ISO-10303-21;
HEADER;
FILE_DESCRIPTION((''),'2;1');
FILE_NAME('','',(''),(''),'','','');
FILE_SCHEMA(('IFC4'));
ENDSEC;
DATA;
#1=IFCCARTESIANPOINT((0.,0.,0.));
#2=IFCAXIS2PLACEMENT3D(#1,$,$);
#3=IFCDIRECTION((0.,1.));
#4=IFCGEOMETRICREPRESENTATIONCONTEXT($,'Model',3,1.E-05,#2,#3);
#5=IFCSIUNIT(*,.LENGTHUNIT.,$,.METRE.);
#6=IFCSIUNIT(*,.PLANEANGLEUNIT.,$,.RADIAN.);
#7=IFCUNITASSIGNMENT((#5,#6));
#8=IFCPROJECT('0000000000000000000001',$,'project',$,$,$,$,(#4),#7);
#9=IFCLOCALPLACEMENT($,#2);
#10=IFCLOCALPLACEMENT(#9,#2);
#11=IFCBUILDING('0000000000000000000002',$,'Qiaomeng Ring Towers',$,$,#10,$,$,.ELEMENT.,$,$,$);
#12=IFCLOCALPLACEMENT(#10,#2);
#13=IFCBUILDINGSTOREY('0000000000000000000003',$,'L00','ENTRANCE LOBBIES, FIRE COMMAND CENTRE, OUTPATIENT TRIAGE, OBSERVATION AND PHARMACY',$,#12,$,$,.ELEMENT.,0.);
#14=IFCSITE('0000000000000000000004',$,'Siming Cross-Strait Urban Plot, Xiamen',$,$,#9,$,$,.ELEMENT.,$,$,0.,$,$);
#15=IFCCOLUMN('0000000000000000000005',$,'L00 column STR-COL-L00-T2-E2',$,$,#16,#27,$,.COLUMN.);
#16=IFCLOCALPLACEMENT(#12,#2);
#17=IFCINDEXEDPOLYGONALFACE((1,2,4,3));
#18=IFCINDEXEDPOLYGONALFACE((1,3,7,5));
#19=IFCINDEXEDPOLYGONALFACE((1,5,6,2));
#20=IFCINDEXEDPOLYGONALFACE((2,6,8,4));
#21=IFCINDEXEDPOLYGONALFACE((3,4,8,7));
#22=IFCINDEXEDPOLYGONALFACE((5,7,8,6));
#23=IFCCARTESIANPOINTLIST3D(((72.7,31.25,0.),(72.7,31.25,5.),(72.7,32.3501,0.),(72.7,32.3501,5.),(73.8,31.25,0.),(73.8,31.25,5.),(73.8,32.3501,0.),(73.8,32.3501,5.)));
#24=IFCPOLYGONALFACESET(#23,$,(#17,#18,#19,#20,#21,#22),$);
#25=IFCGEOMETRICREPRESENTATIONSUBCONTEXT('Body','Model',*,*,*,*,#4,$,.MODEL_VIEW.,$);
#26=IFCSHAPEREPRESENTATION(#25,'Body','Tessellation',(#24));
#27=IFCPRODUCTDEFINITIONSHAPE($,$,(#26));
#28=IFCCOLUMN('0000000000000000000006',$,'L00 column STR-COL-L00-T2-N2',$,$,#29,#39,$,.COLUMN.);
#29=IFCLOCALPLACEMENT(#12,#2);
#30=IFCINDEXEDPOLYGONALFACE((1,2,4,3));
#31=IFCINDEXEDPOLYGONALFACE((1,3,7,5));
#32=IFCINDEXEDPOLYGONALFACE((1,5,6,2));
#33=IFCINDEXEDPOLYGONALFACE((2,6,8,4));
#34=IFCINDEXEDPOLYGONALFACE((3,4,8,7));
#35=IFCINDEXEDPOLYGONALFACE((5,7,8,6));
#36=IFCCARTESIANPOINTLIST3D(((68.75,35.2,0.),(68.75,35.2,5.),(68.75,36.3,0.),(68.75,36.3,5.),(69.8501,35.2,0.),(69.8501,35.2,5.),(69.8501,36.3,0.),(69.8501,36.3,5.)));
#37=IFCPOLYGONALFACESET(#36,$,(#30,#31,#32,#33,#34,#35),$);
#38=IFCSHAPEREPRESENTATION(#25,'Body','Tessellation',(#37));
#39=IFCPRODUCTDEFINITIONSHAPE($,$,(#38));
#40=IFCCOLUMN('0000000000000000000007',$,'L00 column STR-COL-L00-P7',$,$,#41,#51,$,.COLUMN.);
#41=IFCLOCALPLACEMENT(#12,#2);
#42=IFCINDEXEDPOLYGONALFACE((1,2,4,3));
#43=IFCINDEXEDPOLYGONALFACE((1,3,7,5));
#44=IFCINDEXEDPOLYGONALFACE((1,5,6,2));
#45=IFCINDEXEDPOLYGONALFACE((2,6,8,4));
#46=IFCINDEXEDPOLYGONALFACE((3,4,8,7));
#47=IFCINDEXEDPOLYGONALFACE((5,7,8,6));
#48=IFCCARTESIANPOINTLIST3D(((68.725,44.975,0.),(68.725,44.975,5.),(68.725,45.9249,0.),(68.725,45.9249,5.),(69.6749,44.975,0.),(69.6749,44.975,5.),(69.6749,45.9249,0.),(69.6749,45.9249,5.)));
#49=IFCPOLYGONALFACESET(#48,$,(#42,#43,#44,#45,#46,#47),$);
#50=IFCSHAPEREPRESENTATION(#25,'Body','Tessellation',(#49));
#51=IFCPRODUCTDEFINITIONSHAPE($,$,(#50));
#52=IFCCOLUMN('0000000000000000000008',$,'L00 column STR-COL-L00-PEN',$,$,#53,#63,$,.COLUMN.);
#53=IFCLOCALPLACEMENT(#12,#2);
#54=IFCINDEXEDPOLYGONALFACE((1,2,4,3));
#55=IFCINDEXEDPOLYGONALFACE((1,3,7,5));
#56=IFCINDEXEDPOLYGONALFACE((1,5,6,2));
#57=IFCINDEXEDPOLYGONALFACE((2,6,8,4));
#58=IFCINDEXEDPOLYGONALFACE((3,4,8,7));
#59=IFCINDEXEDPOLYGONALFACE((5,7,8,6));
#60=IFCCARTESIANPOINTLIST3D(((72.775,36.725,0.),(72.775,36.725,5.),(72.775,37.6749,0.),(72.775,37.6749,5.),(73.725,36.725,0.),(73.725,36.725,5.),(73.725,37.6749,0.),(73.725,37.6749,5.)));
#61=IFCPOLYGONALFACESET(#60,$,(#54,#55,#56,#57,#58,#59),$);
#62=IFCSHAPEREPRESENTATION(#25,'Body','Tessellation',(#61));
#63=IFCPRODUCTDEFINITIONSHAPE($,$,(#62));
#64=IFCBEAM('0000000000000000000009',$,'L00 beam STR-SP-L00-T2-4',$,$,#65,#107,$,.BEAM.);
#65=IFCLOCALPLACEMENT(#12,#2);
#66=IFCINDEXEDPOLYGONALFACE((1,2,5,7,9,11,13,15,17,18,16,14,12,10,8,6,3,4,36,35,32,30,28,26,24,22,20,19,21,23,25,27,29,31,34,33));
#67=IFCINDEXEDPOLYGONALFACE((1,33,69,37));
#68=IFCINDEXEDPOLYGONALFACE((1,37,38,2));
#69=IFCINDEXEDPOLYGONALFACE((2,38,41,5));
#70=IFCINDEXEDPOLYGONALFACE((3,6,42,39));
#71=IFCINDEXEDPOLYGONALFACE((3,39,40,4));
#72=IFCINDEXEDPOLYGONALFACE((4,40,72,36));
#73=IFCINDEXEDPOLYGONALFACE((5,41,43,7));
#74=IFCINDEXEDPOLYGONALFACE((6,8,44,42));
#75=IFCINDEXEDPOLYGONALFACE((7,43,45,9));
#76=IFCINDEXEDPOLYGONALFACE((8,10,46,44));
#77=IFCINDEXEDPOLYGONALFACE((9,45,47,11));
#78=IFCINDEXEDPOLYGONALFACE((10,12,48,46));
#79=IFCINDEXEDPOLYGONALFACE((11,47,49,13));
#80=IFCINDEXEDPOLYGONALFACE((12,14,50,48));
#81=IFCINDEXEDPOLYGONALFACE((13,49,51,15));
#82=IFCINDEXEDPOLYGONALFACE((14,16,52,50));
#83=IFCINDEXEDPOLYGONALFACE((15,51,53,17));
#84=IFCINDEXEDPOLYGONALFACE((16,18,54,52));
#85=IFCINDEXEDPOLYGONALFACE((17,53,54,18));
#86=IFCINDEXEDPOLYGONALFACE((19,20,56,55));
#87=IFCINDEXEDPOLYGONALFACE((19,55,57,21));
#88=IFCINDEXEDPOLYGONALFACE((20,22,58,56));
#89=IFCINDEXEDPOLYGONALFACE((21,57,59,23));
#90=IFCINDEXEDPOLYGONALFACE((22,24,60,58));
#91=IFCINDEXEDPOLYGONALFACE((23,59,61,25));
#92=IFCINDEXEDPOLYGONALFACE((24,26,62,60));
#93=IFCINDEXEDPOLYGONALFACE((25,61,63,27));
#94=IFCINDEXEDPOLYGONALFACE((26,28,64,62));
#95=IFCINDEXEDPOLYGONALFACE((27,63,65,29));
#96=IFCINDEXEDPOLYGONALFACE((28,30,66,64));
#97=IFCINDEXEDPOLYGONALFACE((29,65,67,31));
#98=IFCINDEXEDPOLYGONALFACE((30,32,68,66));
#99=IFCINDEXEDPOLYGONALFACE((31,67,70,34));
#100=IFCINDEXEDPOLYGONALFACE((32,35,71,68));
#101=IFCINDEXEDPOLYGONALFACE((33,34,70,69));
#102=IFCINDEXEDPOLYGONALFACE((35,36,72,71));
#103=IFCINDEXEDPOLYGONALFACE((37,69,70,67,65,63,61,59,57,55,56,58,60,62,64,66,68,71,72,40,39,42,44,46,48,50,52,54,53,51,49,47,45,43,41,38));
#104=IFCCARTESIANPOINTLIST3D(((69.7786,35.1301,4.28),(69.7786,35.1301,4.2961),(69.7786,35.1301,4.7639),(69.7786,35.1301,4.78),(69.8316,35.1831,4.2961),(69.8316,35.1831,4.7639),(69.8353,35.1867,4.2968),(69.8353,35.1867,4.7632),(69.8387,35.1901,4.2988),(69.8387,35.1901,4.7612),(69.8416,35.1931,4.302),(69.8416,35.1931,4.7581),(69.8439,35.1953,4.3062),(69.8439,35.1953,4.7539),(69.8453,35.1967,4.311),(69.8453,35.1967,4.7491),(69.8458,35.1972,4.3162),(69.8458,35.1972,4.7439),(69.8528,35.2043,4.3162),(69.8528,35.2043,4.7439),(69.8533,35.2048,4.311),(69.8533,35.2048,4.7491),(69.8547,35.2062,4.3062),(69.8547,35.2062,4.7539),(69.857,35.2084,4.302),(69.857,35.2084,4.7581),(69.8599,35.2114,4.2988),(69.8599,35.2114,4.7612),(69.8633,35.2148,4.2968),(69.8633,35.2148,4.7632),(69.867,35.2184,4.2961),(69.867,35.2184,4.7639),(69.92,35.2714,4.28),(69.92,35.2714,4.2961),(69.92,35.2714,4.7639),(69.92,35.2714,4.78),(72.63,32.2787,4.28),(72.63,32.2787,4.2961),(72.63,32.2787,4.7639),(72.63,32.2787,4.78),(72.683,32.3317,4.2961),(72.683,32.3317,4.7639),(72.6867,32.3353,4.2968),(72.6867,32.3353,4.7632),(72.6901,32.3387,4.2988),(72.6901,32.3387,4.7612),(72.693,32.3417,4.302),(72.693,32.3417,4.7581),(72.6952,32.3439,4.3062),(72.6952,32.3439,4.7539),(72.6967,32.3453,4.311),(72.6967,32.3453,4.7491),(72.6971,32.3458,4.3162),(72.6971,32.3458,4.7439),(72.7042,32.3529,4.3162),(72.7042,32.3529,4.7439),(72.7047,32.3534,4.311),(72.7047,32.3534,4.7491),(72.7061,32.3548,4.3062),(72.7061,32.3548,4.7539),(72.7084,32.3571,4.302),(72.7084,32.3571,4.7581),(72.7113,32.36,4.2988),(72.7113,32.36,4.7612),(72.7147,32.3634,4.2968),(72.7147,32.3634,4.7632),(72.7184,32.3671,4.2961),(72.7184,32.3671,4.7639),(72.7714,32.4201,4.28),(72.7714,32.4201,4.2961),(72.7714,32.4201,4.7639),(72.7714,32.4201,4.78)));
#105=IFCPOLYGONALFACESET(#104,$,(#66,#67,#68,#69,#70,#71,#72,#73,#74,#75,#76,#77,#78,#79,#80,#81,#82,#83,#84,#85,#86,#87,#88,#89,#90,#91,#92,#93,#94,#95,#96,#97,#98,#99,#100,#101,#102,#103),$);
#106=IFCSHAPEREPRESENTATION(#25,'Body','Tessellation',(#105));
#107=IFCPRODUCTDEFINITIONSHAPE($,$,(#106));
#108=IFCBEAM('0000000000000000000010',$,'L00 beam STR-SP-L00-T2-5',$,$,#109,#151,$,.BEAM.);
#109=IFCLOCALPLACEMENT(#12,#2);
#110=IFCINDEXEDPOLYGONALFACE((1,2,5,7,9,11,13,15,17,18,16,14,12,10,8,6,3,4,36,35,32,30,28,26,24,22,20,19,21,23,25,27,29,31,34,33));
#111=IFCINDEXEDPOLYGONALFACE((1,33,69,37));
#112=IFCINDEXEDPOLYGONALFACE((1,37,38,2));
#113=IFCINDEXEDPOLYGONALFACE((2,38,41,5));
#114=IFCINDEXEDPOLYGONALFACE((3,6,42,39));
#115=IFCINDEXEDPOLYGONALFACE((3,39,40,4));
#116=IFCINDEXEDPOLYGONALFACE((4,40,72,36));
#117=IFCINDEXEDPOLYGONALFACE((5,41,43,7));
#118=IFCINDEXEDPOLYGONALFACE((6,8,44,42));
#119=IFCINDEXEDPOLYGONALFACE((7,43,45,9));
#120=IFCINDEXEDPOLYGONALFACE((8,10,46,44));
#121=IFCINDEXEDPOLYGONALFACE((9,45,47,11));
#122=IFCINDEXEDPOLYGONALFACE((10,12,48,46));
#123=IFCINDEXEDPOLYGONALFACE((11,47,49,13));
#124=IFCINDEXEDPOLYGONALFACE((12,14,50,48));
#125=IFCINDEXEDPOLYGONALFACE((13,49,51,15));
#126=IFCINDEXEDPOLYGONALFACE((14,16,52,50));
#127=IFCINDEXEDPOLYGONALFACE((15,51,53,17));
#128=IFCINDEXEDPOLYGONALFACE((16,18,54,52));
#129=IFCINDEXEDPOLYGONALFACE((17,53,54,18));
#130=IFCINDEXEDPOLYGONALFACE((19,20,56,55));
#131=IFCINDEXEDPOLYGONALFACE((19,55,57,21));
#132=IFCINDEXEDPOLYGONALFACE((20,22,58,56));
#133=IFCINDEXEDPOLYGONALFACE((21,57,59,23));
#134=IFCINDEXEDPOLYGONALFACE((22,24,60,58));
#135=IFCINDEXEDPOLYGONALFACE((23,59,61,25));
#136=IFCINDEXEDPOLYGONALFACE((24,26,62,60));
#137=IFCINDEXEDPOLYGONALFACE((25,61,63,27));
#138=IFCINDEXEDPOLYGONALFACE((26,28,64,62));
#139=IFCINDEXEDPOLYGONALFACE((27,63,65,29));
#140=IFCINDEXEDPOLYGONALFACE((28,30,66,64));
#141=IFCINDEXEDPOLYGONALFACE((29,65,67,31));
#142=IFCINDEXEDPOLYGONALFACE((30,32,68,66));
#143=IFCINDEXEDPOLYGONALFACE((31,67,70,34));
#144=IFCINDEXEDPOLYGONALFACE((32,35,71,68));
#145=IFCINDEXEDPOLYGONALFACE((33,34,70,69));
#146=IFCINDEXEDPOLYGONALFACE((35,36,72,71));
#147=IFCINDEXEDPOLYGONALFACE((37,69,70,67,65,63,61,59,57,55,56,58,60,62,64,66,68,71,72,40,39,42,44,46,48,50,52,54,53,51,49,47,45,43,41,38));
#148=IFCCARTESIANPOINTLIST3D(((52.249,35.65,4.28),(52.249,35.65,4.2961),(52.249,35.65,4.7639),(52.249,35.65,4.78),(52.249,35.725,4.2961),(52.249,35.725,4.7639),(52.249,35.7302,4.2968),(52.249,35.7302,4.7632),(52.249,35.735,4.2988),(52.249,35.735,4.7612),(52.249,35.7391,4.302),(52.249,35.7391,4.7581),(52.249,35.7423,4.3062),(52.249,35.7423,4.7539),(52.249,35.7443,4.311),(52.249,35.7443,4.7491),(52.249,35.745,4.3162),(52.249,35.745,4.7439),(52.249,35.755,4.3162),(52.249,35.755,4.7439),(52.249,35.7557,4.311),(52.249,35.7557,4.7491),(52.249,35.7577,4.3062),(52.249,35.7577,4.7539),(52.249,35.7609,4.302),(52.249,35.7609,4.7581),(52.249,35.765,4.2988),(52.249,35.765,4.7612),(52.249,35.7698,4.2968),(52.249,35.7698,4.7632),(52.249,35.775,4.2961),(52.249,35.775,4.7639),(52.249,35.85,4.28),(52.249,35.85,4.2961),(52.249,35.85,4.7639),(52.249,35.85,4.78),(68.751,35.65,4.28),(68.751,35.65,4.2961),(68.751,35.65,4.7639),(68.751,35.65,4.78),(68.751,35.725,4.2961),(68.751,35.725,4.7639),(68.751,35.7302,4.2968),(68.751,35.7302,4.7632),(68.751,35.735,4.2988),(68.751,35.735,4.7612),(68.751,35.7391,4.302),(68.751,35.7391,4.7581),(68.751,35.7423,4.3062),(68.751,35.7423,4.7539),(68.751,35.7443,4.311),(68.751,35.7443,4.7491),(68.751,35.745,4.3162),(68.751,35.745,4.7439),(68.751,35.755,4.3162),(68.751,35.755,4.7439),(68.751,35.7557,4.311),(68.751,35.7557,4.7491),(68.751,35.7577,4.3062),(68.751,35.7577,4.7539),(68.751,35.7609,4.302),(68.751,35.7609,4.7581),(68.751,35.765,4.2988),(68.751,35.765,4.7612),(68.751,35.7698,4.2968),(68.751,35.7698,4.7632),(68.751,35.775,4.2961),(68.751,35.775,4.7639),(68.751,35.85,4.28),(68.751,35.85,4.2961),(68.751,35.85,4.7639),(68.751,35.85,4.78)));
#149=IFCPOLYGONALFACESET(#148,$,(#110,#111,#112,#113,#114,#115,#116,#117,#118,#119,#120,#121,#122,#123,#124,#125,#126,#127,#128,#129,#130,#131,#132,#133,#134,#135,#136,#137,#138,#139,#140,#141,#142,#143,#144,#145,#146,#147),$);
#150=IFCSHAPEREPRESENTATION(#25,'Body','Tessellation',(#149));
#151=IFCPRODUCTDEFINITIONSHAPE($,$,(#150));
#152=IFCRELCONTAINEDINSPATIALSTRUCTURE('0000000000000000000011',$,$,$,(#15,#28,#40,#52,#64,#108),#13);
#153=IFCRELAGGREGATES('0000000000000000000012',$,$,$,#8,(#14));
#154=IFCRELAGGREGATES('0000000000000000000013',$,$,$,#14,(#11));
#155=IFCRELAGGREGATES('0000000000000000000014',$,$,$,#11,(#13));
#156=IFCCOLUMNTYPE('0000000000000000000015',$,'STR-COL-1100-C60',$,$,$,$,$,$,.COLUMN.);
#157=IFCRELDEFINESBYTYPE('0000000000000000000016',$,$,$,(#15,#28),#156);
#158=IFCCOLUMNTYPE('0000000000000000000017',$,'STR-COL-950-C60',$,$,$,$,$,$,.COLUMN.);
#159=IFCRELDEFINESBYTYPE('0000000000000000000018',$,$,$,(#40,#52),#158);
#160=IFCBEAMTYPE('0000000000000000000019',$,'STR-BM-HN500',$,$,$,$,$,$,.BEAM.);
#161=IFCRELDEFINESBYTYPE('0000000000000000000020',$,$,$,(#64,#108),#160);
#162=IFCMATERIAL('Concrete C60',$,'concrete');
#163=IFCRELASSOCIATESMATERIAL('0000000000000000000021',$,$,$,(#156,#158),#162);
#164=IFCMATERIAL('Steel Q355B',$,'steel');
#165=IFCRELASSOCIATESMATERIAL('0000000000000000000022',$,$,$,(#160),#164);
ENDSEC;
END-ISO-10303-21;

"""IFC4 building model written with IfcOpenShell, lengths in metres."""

from ifc_helpers import new_model, si_unit, direction, frame, origin, origin_2d, place, context, subcontext, project, spatial, rectangle, i_section, extrude, source, transform, mapped, material, material_profile, profile_set, type_object, element, save


model = new_model("IFC4")

# Units and contexts
model_context = context("Model", 3, precision=1e-05, world=origin(), true_north=direction((0.0, 1.0)))
body_context = subcontext(model_context, "Body", "Model", "MODEL_VIEW")
ifc_project = project(units=[si_unit("LENGTHUNIT", "METRE"), si_unit("PLANEANGLEUNIT", "RADIAN")], contexts=[model_context])

# Site, building, storey
site_placement = place(None, origin())
site = spatial("IfcSite", under=ifc_project, at=site_placement, Name="Siming Cross-Strait Urban Plot, Xiamen", CompositionType="ELEMENT", RefElevation=0.0)
building_placement = place(site_placement, origin())
building = spatial("IfcBuilding", under=site, at=building_placement, Name="Qiaomeng Ring Towers", CompositionType="ELEMENT")
storey_placement = place(building_placement, origin())
storey = spatial("IfcBuildingStorey", under=building, at=storey_placement, Name="L00", Description="ENTRANCE LOBBIES, FIRE COMMAND CENTRE, OUTPATIENT TRIAGE, OBSERVATION AND PHARMACY", CompositionType="ELEMENT", Elevation=0.0)

# Columns
ifc_material_1 = material(Name="Concrete C60", Category="concrete")
ifc_material_profile_1 = material_profile(ifc_material_1, rectangle(XDim=1.1001, YDim=1.1001, at=origin_2d()), Name="RC COL 1100x1100")
ifc_profile_set_1 = profile_set([ifc_material_profile_1], Name="Concrete C60")
column_type_1 = type_object("IfcColumnType", Name="STR-COL-1100-C60", PredefinedType="COLUMN", material=ifc_profile_set_1)
shared_shape_1 = source(origin(), body_context, "Body", "SweptSolid", [
    extrude(rectangle(XDim=1.1001, YDim=1.1001, at=origin_2d()), origin(), (0.0, 0.0, 1.0), 5.0),
])
for number, where, z_axis, x_axis, name in (
    (1, (73.25, 31.8, 0.0), (0.0, 0.0, 1.0), (1.0, 0.0, 0.0), "L00 column STR-COL-L00-T2-E2"),
    (2, (69.3, 35.75, 0.0), (0.0, 0.0, 1.0), (1.0, 0.0, 0.0), "L00 column STR-COL-L00-T2-N2"),
):
    element("IfcColumn", number, at=place(storey_placement, frame(where, z_axis=z_axis, x_axis=x_axis)), inside=storey, type_object=column_type_1, Name=name, PredefinedType="COLUMN", context=body_context, shape_type="MappedRepresentation", body=[
        mapped(shared_shape_1, transform((0.0, 0.0, 0.0), x_axis=(1.0, 0.0, 0.0), y_axis=(0.0, 1.0, 0.0), z_axis=(0.0, 0.0, 1.0), scale=1.0)),
    ])
ifc_material_profile_2 = material_profile(ifc_material_1, rectangle(XDim=0.95, YDim=0.95, at=origin_2d()), Name="RC COL 950x950")
ifc_profile_set_2 = profile_set([ifc_material_profile_2], Name="Concrete C60")
column_type_2 = type_object("IfcColumnType", Name="STR-COL-950-C60", PredefinedType="COLUMN", material=ifc_profile_set_2)
shared_shape_2 = source(origin(), body_context, "Body", "SweptSolid", [
    extrude(rectangle(XDim=0.95, YDim=0.95, at=origin_2d()), origin(), (0.0, 0.0, 1.0), 5.0),
])
for number, where, z_axis, x_axis, name in (
    (3, (69.2, 45.45, 0.0), (0.0, 0.0, 1.0), (1.0, 0.0, 0.0), "L00 column STR-COL-L00-P7"),
    (4, (73.25, 37.2, 0.0), (0.0, 0.0, 1.0), (1.0, 0.0, 0.0), "L00 column STR-COL-L00-PEN"),
):
    element("IfcColumn", number, at=place(storey_placement, frame(where, z_axis=z_axis, x_axis=x_axis)), inside=storey, type_object=column_type_2, Name=name, PredefinedType="COLUMN", context=body_context, shape_type="MappedRepresentation", body=[
        mapped(shared_shape_2, transform((0.0, 0.0, 0.0), x_axis=(1.0, 0.0, 0.0), y_axis=(0.0, 1.0, 0.0), z_axis=(0.0, 0.0, 1.0), scale=1.0)),
    ])

# Beams
ifc_material_2 = material(Name="Steel Q355B", Category="steel")
ifc_material_profile_3 = material_profile(ifc_material_2, i_section(OverallWidth=0.2, OverallDepth=0.5, WebThickness=0.01, FlangeThickness=0.0161, FilletRadius=0.02, at=origin_2d()), Name="HN 500x200x10x16")
ifc_profile_set_3 = profile_set([ifc_material_profile_3], Name="Steel Q355B")
beam_type = type_object("IfcBeamType", Name="STR-BM-HN500", PredefinedType="BEAM", material=ifc_profile_set_3)
shared_shape_3 = source(origin(), body_context, "Body", "SweptSolid", [
    extrude(i_section(OverallWidth=0.2, OverallDepth=0.5, WebThickness=0.01, FlangeThickness=0.0161, FilletRadius=0.02, at=origin_2d()), origin(), (0.0, 0.0, 1.0), 4.0325),
])
beam_1_placement = place(storey_placement, frame((72.7007, 32.3494, 4.53), z_axis=(-0.707107, 0.707107, 0.0), x_axis=(-0.707107, -0.707107, 0.0)))
element("IfcBeam", 5, at=beam_1_placement, inside=storey, type_object=beam_type, Name="L00 beam STR-SP-L00-T2-4", PredefinedType="BEAM", context=body_context, shape_type="MappedRepresentation", body=[
    mapped(shared_shape_3, transform((0.0, 0.0, 0.0), x_axis=(1.0, 0.0, 0.0), y_axis=(0.0, 1.0, 0.0), z_axis=(0.0, 0.0, 1.0), scale=1.0)),
])
shared_shape_4 = source(origin(), body_context, "Body", "SweptSolid", [
    extrude(i_section(OverallWidth=0.2, OverallDepth=0.5, WebThickness=0.01, FlangeThickness=0.0161, FilletRadius=0.02, at=origin_2d()), origin(), (0.0, 0.0, 1.0), 16.502),
])
beam_2_placement = place(storey_placement, frame((68.751, 35.75, 4.53), z_axis=(-1.0, 0.0, 0.0), x_axis=(0.0, -1.0, 0.0)))
element("IfcBeam", 6, at=beam_2_placement, inside=storey, type_object=beam_type, Name="L00 beam STR-SP-L00-T2-5", PredefinedType="BEAM", context=body_context, shape_type="MappedRepresentation", body=[
    mapped(shared_shape_4, transform((0.0, 0.0, 0.0), x_axis=(1.0, 0.0, 0.0), y_axis=(0.0, 1.0, 0.0), z_axis=(0.0, 0.0, 1.0), scale=1.0)),
])

save(model, "model.ifc")
